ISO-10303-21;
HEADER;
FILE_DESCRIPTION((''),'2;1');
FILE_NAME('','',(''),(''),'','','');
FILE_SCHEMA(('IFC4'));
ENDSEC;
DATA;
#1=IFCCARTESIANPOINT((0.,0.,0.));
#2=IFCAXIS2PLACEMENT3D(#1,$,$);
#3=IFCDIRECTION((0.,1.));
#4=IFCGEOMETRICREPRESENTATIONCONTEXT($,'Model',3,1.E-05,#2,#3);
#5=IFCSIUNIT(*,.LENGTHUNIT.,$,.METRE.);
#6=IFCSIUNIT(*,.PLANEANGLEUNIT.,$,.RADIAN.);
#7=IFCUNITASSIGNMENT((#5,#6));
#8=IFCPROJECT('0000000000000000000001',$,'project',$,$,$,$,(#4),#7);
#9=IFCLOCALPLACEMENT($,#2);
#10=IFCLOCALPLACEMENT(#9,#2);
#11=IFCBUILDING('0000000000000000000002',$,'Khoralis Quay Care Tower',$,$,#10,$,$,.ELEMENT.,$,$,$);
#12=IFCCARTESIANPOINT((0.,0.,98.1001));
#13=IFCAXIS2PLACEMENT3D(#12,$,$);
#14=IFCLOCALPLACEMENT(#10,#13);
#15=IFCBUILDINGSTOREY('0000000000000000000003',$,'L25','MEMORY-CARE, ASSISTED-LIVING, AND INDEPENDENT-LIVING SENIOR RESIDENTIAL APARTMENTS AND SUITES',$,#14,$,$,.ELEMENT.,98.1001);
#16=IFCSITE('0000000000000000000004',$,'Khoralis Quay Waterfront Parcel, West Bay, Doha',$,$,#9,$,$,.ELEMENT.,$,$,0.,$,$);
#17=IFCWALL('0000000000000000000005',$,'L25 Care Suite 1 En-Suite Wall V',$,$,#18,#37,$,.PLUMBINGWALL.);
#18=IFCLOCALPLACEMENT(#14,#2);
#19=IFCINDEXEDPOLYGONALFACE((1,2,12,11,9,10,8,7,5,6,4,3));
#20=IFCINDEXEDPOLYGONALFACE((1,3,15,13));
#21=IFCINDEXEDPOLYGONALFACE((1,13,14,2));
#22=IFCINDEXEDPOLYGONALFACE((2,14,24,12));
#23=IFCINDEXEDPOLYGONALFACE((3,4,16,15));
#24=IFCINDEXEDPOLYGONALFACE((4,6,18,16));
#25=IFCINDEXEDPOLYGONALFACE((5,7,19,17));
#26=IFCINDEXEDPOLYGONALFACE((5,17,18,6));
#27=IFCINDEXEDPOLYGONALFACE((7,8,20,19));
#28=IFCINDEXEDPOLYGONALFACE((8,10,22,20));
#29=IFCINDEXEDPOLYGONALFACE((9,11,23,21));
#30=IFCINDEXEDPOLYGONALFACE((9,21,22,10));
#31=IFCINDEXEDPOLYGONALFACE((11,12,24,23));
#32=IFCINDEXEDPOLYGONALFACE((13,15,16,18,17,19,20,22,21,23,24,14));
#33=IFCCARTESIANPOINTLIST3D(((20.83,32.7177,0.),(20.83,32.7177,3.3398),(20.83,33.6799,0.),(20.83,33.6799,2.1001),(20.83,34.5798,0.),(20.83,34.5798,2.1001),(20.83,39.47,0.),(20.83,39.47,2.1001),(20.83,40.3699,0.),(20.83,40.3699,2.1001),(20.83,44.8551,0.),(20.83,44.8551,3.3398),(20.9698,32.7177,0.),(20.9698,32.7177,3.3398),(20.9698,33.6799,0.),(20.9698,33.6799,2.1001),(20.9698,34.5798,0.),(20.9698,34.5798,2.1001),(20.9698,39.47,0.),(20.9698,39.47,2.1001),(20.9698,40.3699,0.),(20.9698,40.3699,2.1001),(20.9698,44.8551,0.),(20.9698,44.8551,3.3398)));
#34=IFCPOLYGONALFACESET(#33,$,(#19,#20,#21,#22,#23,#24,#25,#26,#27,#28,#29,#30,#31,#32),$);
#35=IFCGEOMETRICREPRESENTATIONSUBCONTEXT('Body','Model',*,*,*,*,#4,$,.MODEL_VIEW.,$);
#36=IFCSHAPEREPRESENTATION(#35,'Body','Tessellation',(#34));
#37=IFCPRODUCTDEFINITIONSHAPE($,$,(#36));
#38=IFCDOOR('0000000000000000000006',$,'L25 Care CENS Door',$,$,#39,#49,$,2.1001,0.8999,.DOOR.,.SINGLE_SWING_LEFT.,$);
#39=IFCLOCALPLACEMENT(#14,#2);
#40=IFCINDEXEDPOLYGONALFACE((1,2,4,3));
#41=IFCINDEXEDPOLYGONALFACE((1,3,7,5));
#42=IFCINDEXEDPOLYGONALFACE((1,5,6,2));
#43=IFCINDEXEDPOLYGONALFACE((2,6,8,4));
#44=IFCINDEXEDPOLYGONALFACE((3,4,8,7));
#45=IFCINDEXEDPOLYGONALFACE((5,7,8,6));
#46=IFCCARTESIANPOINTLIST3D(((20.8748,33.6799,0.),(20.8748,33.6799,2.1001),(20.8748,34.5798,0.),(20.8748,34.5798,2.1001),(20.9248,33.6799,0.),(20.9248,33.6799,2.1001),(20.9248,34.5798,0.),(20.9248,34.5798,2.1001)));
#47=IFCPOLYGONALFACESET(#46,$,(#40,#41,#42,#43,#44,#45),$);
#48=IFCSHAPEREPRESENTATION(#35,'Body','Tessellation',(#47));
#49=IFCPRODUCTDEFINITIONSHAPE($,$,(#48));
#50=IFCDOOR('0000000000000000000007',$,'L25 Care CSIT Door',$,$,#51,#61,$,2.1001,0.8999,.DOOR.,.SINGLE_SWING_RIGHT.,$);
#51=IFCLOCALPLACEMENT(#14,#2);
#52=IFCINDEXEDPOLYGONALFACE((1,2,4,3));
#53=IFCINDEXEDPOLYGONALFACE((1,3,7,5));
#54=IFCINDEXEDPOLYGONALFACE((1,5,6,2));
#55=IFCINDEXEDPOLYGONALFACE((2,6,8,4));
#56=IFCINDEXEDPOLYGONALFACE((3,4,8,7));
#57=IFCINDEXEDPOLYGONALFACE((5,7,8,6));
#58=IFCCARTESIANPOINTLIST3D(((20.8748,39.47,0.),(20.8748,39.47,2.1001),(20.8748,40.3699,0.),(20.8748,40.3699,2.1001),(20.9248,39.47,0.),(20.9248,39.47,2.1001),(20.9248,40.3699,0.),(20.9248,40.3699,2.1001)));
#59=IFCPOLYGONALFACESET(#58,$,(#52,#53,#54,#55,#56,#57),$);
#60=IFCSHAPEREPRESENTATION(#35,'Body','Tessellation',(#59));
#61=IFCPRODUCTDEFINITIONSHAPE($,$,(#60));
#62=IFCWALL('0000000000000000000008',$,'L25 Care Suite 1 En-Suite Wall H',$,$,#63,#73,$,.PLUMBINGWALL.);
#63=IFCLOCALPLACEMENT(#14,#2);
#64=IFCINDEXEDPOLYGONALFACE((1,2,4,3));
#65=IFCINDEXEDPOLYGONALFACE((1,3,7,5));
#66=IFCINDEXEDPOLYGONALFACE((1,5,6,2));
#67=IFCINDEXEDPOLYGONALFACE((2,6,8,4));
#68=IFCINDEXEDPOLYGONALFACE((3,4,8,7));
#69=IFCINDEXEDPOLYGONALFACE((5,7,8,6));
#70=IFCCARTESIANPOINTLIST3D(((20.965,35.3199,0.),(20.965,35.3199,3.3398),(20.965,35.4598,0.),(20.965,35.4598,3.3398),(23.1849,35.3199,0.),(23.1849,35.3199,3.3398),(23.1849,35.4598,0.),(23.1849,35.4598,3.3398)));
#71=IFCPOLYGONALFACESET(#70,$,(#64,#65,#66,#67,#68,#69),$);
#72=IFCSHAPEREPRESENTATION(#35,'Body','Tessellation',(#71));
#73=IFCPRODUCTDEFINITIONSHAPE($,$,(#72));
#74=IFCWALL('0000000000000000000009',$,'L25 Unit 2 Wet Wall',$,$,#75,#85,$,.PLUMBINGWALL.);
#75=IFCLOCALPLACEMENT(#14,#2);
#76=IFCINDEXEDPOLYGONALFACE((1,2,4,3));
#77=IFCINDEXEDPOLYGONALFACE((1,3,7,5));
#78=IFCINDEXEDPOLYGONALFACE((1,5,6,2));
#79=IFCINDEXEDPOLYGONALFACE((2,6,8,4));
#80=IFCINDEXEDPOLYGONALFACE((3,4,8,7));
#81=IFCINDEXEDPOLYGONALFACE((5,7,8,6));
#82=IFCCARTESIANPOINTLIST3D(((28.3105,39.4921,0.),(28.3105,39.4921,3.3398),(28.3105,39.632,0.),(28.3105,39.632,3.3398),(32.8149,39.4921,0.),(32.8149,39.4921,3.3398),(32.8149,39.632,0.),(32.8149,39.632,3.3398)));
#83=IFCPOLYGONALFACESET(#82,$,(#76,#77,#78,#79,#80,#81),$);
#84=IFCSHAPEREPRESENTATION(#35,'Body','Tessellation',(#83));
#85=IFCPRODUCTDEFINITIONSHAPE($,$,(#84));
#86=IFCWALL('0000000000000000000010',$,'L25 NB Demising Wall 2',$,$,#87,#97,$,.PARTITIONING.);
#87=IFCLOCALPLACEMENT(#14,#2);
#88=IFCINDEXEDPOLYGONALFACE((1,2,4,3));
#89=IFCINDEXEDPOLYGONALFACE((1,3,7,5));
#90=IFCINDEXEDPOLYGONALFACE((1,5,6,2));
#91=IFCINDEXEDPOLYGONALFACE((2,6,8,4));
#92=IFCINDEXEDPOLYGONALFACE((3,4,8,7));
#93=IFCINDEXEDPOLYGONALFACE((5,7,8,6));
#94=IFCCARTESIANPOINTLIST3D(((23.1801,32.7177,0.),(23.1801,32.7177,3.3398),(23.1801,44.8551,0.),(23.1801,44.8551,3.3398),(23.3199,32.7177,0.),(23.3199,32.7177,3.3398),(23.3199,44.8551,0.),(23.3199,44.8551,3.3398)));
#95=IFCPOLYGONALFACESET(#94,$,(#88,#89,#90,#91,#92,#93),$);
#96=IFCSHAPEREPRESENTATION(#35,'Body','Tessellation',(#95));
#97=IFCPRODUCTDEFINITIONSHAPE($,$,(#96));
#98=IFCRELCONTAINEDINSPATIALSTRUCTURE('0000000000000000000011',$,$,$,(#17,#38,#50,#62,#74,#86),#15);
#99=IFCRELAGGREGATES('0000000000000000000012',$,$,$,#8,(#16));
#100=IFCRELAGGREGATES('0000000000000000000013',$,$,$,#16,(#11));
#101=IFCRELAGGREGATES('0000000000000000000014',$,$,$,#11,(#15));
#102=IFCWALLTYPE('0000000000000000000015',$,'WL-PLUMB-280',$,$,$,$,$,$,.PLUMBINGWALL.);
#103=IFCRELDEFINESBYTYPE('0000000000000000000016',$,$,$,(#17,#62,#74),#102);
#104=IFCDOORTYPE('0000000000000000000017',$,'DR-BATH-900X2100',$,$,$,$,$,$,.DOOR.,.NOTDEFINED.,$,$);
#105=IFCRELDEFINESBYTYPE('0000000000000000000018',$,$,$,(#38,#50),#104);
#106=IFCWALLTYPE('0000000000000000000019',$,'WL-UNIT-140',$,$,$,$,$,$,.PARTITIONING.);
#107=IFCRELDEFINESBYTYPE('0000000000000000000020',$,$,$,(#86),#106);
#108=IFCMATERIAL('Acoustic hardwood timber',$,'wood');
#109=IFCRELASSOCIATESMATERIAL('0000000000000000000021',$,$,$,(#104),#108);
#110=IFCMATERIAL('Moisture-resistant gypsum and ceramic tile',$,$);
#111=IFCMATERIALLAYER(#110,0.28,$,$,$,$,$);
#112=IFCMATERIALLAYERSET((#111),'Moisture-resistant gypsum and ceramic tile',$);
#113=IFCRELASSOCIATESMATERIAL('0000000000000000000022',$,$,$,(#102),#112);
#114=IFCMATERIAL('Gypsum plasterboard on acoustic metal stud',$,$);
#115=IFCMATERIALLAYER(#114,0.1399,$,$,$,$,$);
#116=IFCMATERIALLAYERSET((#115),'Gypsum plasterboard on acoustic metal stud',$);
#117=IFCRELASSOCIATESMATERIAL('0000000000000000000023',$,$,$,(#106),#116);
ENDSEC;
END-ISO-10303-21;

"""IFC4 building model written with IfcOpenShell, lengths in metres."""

from ifc_helpers import new_model, si_unit, direction, frame, frame_2d, origin, place, context, subcontext, project, spatial, rectangle, extrude, source, transform, mapped, material, layer, layer_set, type_object, element, fill, save


model = new_model("IFC4")

# Units and contexts
model_context = context("Model", 3, precision=1e-05, world=origin(), true_north=direction((0.0, 1.0)))
body_context = subcontext(model_context, "Body", "Model", "MODEL_VIEW")
ifc_project = project(units=[si_unit("LENGTHUNIT", "METRE"), si_unit("PLANEANGLEUNIT", "RADIAN")], contexts=[model_context])

# Site, building, storey
site_placement = place(None, origin())
site = spatial("IfcSite", under=ifc_project, at=site_placement, Name="Khoralis Quay Waterfront Parcel, West Bay, Doha", CompositionType="ELEMENT", RefElevation=0.0)
building_placement = place(site_placement, origin())
building = spatial("IfcBuilding", under=site, at=building_placement, Name="Khoralis Quay Care Tower", CompositionType="ELEMENT")
storey_placement = place(building_placement, frame((0.0, 0.0, 98.1001)))
storey = spatial("IfcBuildingStorey", under=building, at=storey_placement, Name="L25", Description="MEMORY-CARE, ASSISTED-LIVING, AND INDEPENDENT-LIVING SENIOR RESIDENTIAL APARTMENTS AND SUITES", CompositionType="ELEMENT", Elevation=98.1001)

# Shared definitions
ifc_material_1 = material(Name="Gypsum plasterboard on acoustic metal stud")

# Shared definitions
ifc_material_2 = material(Name="Acoustic hardwood timber", Category="wood")
door_type_1 = type_object("IfcDoorType", Name="DR-BATH-900X2100", OperationType="NOTDEFINED", PredefinedType="DOOR", material=ifc_material_2)
shared_shape_1 = source(origin(), body_context, "Body", "SweptSolid", [
    extrude(rectangle(XDim=0.8999, YDim=2.1001, at=frame_2d((0.45, 1.05))), frame((0.0, 0.0249, 0.0), z_axis=(0.0, -1.0, 0.0), x_axis=(1.0, 0.0, 0.0)), (0.0, 0.0, 1.0), 0.05),
])

# Wall, openings, doors
ifc_material_3 = material(Name="Moisture-resistant gypsum and ceramic tile")
ifc_layer_1 = layer(ifc_material_3, 0.28)
ifc_layer_set_1 = layer_set([ifc_layer_1], Name="Moisture-resistant gypsum and ceramic tile")
wall_type_1 = type_object("IfcWallType", Name="WL-PLUMB-280", PredefinedType="PLUMBINGWALL", material=ifc_layer_set_1)
wall_1_placement = place(storey_placement, frame((20.8999, 32.7175, 0.0), z_axis=(0.0, 0.0, 1.0), x_axis=(0.0, 1.0, 0.0)))
wall_1 = element("IfcWall", 1, at=wall_1_placement, inside=storey, type_object=wall_type_1, Name="L25 Care Suite 1 En-Suite Wall V", PredefinedType="PLUMBINGWALL", context=body_context, shape_type="SweptSolid", body=[
    extrude(rectangle(XDim=12.1375, YDim=0.1399, at=frame_2d((6.0688, 0.0))), origin(), (0.0, 0.0, 1.0), 3.3398),
])
opening_1_placement = place(wall_1_placement, frame((0.9624, 0.0, 0.0)))
opening_1 = element("IfcOpeningElement", 2, at=opening_1_placement, cuts=wall_1, PredefinedType="OPENING", context=body_context, shape_type="SweptSolid", body=[
    extrude(rectangle(XDim=0.8999, YDim=2.1001, at=frame_2d((0.45, 1.05))), frame((0.0, 0.0801, 0.0), z_axis=(0.0, -1.0, 0.0), x_axis=(1.0, 0.0, 0.0)), (0.0, 0.0, 1.0), 0.1599),
])
opening_2_placement = place(wall_1_placement, frame((6.7524, 0.0, 0.0)))
opening_2 = element("IfcOpeningElement", 3, at=opening_2_placement, cuts=wall_1, PredefinedType="OPENING", context=body_context, shape_type="SweptSolid", body=[
    extrude(rectangle(XDim=0.8999, YDim=2.1001, at=frame_2d((0.45, 1.05))), frame((0.0, 0.0801, 0.0), z_axis=(0.0, -1.0, 0.0), x_axis=(1.0, 0.0, 0.0)), (0.0, 0.0, 1.0), 0.1599),
])
door_1_placement = place(opening_1_placement, frame((0.8999, 0.0, 0.0), z_axis=(0.0, 0.0, 1.0), x_axis=(-1.0, 0.0, 0.0)))
door_1 = element("IfcDoor", 4, at=door_1_placement, inside=storey, type_object=door_type_1, Name="L25 Care CENS Door", OperationType="SINGLE_SWING_LEFT", OverallHeight=2.1001, OverallWidth=0.8999, PredefinedType="DOOR", context=body_context, shape_type="MappedRepresentation", body=[
    mapped(shared_shape_1, transform((0.0, 0.0, 0.0), scale=1.0)),
])
fill(opening_1, door_1)
door_2_placement = place(opening_2_placement, frame((0.8999, 0.0, 0.0), z_axis=(0.0, 0.0, 1.0), x_axis=(-1.0, 0.0, 0.0)))
door_2 = element("IfcDoor", 5, at=door_2_placement, inside=storey, type_object=door_type_1, Name="L25 Care CSIT Door", OperationType="SINGLE_SWING_RIGHT", OverallHeight=2.1001, OverallWidth=0.8999, PredefinedType="DOOR", context=body_context, shape_type="MappedRepresentation", body=[
    mapped(shared_shape_1, transform((0.0, 0.0, 0.0), scale=1.0)),
])
fill(opening_2, door_2)

# Walls
wall_2_placement = place(storey_placement, frame((20.9651, 35.3899, 0.0), z_axis=(0.0, 0.0, 1.0), x_axis=(1.0, 0.0, 0.0)))
element("IfcWall", 6, at=wall_2_placement, inside=storey, type_object=wall_type_1, Name="L25 Care Suite 1 En-Suite Wall H", PredefinedType="PLUMBINGWALL", context=body_context, shape_type="SweptSolid", body=[
    extrude(rectangle(XDim=2.22, YDim=0.1399, at=frame_2d((1.1099, 0.0))), origin(), (0.0, 0.0, 1.0), 3.3398),
])
wall_3_placement = place(storey_placement, frame((28.3105, 39.562, 0.0), z_axis=(0.0, 0.0, 1.0), x_axis=(1.0, 0.0, 0.0)))
element("IfcWall", 7, at=wall_3_placement, inside=storey, type_object=wall_type_1, Name="L25 Unit 2 Wet Wall", PredefinedType="PLUMBINGWALL", context=body_context, shape_type="SweptSolid", body=[
    extrude(rectangle(XDim=4.5044, YDim=0.1399, at=frame_2d((2.2522, 0.0))), origin(), (0.0, 0.0, 1.0), 3.3398),
])
ifc_layer_2 = layer(ifc_material_1, 0.1399)
ifc_layer_set_2 = layer_set([ifc_layer_2], Name="Gypsum plasterboard on acoustic metal stud")
wall_type_2 = type_object("IfcWallType", Name="WL-UNIT-140", PredefinedType="PARTITIONING", material=ifc_layer_set_2)
wall_4_placement = place(storey_placement, frame((23.25, 32.7175, 0.0), z_axis=(0.0, 0.0, 1.0), x_axis=(0.0, 1.0, 0.0)))
element("IfcWall", 8, at=wall_4_placement, inside=storey, type_object=wall_type_2, Name="L25 NB Demising Wall 2", PredefinedType="PARTITIONING", context=body_context, shape_type="SweptSolid", body=[
    extrude(rectangle(XDim=12.1375, YDim=0.1399, at=frame_2d((6.0688, 0.0))), origin(), (0.0, 0.0, 1.0), 3.3398),
])

save(model, "model.ifc")
